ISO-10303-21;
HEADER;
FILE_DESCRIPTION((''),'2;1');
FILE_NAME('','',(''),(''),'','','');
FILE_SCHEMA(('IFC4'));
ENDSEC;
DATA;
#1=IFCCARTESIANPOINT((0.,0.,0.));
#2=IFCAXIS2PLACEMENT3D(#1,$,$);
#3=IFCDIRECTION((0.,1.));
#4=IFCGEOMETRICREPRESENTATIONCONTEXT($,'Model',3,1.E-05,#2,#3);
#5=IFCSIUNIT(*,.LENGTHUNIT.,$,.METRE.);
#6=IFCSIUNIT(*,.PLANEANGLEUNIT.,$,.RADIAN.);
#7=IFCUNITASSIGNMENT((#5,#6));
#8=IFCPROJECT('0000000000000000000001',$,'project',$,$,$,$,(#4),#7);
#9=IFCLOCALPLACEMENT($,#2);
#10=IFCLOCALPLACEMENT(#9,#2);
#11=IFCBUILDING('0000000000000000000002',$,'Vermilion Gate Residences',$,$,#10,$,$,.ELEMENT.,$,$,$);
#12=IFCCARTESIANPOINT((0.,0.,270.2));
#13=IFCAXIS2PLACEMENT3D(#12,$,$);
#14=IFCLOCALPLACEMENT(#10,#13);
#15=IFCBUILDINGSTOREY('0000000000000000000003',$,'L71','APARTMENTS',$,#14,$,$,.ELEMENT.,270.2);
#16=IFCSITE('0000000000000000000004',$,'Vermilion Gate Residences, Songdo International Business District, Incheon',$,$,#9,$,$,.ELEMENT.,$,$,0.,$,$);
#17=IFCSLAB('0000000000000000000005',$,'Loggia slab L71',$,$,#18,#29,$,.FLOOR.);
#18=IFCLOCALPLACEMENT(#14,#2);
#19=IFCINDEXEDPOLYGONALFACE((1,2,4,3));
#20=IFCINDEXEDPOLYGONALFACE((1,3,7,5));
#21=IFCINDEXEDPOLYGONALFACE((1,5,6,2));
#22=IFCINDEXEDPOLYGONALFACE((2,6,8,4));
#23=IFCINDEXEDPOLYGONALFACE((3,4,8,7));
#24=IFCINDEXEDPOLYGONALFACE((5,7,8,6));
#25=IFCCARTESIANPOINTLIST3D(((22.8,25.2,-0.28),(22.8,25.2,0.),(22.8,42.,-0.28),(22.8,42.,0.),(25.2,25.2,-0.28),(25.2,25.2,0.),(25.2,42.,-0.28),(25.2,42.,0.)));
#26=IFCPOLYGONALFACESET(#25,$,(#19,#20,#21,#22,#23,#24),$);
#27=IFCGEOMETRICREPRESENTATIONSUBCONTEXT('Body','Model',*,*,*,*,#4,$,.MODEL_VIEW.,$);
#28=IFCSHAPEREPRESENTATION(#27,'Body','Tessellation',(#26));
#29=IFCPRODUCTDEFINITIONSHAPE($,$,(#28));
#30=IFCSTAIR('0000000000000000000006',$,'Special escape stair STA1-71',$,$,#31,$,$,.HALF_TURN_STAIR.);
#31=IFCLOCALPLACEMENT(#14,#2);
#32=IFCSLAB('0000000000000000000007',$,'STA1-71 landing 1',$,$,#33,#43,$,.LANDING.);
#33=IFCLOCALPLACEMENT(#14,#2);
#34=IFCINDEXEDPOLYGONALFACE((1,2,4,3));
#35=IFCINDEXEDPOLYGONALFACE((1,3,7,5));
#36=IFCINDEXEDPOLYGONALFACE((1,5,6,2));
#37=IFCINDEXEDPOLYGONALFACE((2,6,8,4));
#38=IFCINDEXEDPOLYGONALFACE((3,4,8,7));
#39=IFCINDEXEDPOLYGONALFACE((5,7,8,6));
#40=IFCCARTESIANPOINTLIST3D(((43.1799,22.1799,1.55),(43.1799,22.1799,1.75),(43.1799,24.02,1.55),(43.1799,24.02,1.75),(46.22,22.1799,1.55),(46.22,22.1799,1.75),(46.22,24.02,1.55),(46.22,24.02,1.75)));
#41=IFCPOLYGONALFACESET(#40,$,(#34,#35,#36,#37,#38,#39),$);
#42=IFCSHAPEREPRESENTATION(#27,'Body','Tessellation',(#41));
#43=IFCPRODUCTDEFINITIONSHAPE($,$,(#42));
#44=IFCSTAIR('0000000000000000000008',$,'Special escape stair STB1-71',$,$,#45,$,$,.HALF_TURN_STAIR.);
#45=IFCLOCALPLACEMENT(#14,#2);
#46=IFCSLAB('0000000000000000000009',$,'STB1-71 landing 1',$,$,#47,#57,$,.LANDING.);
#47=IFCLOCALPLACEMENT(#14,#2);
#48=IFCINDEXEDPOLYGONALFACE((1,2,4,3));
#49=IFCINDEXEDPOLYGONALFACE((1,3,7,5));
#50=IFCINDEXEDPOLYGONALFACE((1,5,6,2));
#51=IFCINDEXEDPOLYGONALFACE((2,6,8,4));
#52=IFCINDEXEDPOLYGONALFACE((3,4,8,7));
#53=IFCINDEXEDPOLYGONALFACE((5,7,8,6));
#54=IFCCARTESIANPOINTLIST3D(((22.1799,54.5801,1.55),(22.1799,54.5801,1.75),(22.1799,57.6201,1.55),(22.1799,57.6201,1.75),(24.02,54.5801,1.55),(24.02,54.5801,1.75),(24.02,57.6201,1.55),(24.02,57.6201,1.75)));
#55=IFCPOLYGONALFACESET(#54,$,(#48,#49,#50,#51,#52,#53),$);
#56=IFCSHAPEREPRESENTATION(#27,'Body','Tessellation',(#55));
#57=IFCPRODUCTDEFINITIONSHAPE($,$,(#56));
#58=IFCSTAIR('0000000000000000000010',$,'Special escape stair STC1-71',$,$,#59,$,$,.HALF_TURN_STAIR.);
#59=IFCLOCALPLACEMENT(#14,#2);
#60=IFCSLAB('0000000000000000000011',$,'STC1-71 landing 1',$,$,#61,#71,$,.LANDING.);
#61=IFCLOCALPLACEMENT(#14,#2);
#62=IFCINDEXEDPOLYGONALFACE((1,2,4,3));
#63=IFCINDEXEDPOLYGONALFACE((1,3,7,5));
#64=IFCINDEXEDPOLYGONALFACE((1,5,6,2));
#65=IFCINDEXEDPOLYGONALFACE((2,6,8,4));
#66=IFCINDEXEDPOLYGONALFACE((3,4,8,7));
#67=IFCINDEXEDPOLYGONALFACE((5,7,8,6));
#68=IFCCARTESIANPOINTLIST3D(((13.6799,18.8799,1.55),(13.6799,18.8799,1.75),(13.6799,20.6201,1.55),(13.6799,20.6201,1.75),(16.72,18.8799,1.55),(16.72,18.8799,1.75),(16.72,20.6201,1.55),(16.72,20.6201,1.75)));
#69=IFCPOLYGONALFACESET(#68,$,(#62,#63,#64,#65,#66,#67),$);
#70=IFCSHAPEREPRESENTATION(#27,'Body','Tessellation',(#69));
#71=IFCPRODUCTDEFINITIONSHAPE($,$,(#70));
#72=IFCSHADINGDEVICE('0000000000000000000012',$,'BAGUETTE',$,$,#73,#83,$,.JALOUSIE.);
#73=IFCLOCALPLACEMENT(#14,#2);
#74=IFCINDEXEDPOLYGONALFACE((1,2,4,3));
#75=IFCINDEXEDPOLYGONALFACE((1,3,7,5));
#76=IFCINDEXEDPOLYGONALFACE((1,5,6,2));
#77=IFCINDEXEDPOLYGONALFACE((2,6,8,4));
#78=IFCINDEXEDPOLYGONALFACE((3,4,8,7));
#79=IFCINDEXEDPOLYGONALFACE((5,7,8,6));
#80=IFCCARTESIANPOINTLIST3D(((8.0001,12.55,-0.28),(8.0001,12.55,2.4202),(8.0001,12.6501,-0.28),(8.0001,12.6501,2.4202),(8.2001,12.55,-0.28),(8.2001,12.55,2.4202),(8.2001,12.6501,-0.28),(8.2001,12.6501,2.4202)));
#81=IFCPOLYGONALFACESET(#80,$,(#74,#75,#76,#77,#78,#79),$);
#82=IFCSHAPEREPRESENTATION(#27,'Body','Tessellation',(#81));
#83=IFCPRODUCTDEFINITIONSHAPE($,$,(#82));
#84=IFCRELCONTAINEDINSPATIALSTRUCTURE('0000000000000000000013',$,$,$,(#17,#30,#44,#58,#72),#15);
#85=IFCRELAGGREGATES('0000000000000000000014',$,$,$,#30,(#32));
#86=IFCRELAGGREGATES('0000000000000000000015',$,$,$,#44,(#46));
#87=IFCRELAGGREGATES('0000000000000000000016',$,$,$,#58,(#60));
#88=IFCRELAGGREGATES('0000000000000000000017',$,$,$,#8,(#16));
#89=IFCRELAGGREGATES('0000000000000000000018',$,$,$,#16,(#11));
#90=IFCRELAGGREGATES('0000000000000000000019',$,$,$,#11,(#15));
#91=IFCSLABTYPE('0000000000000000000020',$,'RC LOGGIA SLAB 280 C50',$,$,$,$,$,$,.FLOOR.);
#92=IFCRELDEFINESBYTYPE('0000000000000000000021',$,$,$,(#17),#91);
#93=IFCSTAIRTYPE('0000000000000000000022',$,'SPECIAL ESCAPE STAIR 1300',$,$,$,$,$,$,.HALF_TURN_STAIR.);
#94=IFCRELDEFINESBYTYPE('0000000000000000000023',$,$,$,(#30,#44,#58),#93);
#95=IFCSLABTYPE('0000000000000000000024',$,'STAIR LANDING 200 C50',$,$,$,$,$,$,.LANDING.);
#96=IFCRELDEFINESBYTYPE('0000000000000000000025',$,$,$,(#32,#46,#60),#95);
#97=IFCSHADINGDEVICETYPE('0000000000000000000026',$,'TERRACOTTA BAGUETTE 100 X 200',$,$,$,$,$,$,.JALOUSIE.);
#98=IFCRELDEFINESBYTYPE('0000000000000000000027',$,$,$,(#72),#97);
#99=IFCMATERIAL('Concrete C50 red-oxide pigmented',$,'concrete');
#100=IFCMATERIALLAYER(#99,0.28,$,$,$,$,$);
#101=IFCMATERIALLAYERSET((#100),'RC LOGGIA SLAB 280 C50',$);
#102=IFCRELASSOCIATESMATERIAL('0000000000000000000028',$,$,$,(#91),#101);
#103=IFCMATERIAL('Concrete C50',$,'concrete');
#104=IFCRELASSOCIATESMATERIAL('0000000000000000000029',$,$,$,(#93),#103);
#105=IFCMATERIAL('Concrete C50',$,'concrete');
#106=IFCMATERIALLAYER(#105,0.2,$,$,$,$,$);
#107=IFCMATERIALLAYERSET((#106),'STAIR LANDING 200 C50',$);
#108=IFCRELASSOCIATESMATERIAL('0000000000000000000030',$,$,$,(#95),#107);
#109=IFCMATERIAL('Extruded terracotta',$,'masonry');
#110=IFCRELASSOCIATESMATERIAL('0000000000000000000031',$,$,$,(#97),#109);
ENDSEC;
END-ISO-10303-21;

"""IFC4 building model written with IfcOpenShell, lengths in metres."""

from ifc_helpers import new_model, si_unit, direction, frame, origin, origin_2d, place, context, subcontext, project, spatial, polyline, rectangle, outline, extrude, material, layer, layer_set, material_profile, profile_set, type_object, element, aggregate, save


model = new_model("IFC4")

# Units and contexts
model_context = context("Model", 3, precision=1e-05, world=origin(), true_north=direction((0.0, 1.0)))
body_context = subcontext(model_context, "Body", "Model", "MODEL_VIEW")
ifc_project = project(units=[si_unit("LENGTHUNIT", "METRE"), si_unit("PLANEANGLEUNIT", "RADIAN")], contexts=[model_context])

# Site, building, storey
site_placement = place(None, origin())
site = spatial("IfcSite", under=ifc_project, at=site_placement, Name="Vermilion Gate Residences, Songdo International Business District, Incheon", CompositionType="ELEMENT", RefElevation=0.0)
building_placement = place(site_placement, origin())
building = spatial("IfcBuilding", under=site, at=building_placement, Name="Vermilion Gate Residences", CompositionType="ELEMENT")
storey_placement = place(building_placement, frame((0.0, 0.0, 270.2)))
storey = spatial("IfcBuildingStorey", under=building, at=storey_placement, Name="L71", Description="APARTMENTS", CompositionType="ELEMENT", Elevation=270.2)

# Slab
ifc_material_1 = material(Name="Concrete C50 red-oxide pigmented", Category="concrete")
ifc_layer_1 = layer(ifc_material_1, 0.28)
ifc_layer_set_1 = layer_set([ifc_layer_1], Name="RC LOGGIA SLAB 280 C50")
slab_type_1 = type_object("IfcSlabType", Name="RC LOGGIA SLAB 280 C50", PredefinedType="FLOOR", material=ifc_layer_set_1)
slab_1_placement = place(storey_placement, frame((0.0, 0.0, -0.28)))
element("IfcSlab", 1, at=slab_1_placement, inside=storey, type_object=slab_type_1, Name="Loggia slab L71", PredefinedType="FLOOR", context=body_context, shape_type="SweptSolid", body=[
    extrude(outline(polyline([(25.2, 42.0), (22.8, 42.0), (22.8, 25.2), (25.2, 25.2), (25.2, 42.0)])), origin(), (0.0, 0.0, 1.0), 0.28),
])

# Stairs, slabs
ifc_material_2 = material(Name="Concrete C50", Category="concrete")
stair_type = type_object("IfcStairType", Name="SPECIAL ESCAPE STAIR 1300", PredefinedType="HALF_TURN_STAIR", material=ifc_material_2)
stair_1_placement = place(storey_placement, origin())
stair_1 = element("IfcStair", 2, at=stair_1_placement, inside=storey, type_object=stair_type, Name="Special escape stair STA1-71", PredefinedType="HALF_TURN_STAIR")
ifc_material_3 = material(Name="Concrete C50", Category="concrete")
ifc_layer_2 = layer(ifc_material_3, 0.2)
ifc_layer_set_2 = layer_set([ifc_layer_2], Name="STAIR LANDING 200 C50")
slab_type_2 = type_object("IfcSlabType", Name="STAIR LANDING 200 C50", PredefinedType="LANDING", material=ifc_layer_set_2)
slab_2_placement = place(storey_placement, frame((0.0, 0.0, 1.55)))
slab_2 = element("IfcSlab", 3, at=slab_2_placement, type_object=slab_type_2, Name="STA1-71 landing 1", PredefinedType="LANDING", context=body_context, shape_type="SweptSolid", body=[
    extrude(outline(polyline([(46.22, 22.1799), (46.22, 24.02), (43.1799, 24.02), (43.1799, 22.1799), (46.22, 22.1799)])), origin(), (0.0, 0.0, 1.0), 0.2),
])
aggregate(stair_1, [slab_2])
stair_2_placement = place(storey_placement, origin())
stair_2 = element("IfcStair", 4, at=stair_2_placement, inside=storey, type_object=stair_type, Name="Special escape stair STB1-71", PredefinedType="HALF_TURN_STAIR")
slab_3_placement = place(storey_placement, frame((0.0, 0.0, 1.55)))
slab_3 = element("IfcSlab", 5, at=slab_3_placement, type_object=slab_type_2, Name="STB1-71 landing 1", PredefinedType="LANDING", context=body_context, shape_type="SweptSolid", body=[
    extrude(outline(polyline([(24.02, 54.5801), (24.02, 57.6201), (22.1799, 57.6201), (22.1799, 54.5801), (24.02, 54.5801)])), origin(), (0.0, 0.0, 1.0), 0.2),
])
aggregate(stair_2, [slab_3])
stair_3_placement = place(storey_placement, origin())
stair_3 = element("IfcStair", 6, at=stair_3_placement, inside=storey, type_object=stair_type, Name="Special escape stair STC1-71", PredefinedType="HALF_TURN_STAIR")
slab_4_placement = place(storey_placement, frame((0.0, 0.0, 1.55)))
slab_4 = element("IfcSlab", 7, at=slab_4_placement, type_object=slab_type_2, Name="STC1-71 landing 1", PredefinedType="LANDING", context=body_context, shape_type="SweptSolid", body=[
    extrude(outline(polyline([(16.72, 18.8799), (16.72, 20.6201), (13.6799, 20.6201), (13.6799, 18.8799), (16.72, 18.8799)])), origin(), (0.0, 0.0, 1.0), 0.2),
])
aggregate(stair_3, [slab_4])

# Shading device
ifc_material_4 = material(Name="Extruded terracotta", Category="masonry")
ifc_material_profile_1 = material_profile(ifc_material_4, rectangle(XDim=0.2, YDim=0.1001, at=origin_2d()), Name="BAGUETTE 100 X 200")
ifc_profile_set_1 = profile_set([ifc_material_profile_1], Name="Extruded terracotta")
shading_device_type = type_object("IfcShadingDeviceType", Name="TERRACOTTA BAGUETTE 100 X 200", PredefinedType="JALOUSIE", material=ifc_profile_set_1)
shading_device_placement = place(storey_placement, frame((8.1001, 12.6001, -0.28), z_axis=(0.0, 0.0, 1.0), x_axis=(1.0, 0.0, 0.0)))
element("IfcShadingDevice", 8, at=shading_device_placement, inside=storey, type_object=shading_device_type, Name="BAGUETTE", PredefinedType="JALOUSIE", context=body_context, shape_type="SweptSolid", body=[
    extrude(rectangle(XDim=0.2, YDim=0.1001, at=origin_2d()), origin(), (0.0, 0.0, 1.0), 2.7002),
])

save(model, "model.ifc")
